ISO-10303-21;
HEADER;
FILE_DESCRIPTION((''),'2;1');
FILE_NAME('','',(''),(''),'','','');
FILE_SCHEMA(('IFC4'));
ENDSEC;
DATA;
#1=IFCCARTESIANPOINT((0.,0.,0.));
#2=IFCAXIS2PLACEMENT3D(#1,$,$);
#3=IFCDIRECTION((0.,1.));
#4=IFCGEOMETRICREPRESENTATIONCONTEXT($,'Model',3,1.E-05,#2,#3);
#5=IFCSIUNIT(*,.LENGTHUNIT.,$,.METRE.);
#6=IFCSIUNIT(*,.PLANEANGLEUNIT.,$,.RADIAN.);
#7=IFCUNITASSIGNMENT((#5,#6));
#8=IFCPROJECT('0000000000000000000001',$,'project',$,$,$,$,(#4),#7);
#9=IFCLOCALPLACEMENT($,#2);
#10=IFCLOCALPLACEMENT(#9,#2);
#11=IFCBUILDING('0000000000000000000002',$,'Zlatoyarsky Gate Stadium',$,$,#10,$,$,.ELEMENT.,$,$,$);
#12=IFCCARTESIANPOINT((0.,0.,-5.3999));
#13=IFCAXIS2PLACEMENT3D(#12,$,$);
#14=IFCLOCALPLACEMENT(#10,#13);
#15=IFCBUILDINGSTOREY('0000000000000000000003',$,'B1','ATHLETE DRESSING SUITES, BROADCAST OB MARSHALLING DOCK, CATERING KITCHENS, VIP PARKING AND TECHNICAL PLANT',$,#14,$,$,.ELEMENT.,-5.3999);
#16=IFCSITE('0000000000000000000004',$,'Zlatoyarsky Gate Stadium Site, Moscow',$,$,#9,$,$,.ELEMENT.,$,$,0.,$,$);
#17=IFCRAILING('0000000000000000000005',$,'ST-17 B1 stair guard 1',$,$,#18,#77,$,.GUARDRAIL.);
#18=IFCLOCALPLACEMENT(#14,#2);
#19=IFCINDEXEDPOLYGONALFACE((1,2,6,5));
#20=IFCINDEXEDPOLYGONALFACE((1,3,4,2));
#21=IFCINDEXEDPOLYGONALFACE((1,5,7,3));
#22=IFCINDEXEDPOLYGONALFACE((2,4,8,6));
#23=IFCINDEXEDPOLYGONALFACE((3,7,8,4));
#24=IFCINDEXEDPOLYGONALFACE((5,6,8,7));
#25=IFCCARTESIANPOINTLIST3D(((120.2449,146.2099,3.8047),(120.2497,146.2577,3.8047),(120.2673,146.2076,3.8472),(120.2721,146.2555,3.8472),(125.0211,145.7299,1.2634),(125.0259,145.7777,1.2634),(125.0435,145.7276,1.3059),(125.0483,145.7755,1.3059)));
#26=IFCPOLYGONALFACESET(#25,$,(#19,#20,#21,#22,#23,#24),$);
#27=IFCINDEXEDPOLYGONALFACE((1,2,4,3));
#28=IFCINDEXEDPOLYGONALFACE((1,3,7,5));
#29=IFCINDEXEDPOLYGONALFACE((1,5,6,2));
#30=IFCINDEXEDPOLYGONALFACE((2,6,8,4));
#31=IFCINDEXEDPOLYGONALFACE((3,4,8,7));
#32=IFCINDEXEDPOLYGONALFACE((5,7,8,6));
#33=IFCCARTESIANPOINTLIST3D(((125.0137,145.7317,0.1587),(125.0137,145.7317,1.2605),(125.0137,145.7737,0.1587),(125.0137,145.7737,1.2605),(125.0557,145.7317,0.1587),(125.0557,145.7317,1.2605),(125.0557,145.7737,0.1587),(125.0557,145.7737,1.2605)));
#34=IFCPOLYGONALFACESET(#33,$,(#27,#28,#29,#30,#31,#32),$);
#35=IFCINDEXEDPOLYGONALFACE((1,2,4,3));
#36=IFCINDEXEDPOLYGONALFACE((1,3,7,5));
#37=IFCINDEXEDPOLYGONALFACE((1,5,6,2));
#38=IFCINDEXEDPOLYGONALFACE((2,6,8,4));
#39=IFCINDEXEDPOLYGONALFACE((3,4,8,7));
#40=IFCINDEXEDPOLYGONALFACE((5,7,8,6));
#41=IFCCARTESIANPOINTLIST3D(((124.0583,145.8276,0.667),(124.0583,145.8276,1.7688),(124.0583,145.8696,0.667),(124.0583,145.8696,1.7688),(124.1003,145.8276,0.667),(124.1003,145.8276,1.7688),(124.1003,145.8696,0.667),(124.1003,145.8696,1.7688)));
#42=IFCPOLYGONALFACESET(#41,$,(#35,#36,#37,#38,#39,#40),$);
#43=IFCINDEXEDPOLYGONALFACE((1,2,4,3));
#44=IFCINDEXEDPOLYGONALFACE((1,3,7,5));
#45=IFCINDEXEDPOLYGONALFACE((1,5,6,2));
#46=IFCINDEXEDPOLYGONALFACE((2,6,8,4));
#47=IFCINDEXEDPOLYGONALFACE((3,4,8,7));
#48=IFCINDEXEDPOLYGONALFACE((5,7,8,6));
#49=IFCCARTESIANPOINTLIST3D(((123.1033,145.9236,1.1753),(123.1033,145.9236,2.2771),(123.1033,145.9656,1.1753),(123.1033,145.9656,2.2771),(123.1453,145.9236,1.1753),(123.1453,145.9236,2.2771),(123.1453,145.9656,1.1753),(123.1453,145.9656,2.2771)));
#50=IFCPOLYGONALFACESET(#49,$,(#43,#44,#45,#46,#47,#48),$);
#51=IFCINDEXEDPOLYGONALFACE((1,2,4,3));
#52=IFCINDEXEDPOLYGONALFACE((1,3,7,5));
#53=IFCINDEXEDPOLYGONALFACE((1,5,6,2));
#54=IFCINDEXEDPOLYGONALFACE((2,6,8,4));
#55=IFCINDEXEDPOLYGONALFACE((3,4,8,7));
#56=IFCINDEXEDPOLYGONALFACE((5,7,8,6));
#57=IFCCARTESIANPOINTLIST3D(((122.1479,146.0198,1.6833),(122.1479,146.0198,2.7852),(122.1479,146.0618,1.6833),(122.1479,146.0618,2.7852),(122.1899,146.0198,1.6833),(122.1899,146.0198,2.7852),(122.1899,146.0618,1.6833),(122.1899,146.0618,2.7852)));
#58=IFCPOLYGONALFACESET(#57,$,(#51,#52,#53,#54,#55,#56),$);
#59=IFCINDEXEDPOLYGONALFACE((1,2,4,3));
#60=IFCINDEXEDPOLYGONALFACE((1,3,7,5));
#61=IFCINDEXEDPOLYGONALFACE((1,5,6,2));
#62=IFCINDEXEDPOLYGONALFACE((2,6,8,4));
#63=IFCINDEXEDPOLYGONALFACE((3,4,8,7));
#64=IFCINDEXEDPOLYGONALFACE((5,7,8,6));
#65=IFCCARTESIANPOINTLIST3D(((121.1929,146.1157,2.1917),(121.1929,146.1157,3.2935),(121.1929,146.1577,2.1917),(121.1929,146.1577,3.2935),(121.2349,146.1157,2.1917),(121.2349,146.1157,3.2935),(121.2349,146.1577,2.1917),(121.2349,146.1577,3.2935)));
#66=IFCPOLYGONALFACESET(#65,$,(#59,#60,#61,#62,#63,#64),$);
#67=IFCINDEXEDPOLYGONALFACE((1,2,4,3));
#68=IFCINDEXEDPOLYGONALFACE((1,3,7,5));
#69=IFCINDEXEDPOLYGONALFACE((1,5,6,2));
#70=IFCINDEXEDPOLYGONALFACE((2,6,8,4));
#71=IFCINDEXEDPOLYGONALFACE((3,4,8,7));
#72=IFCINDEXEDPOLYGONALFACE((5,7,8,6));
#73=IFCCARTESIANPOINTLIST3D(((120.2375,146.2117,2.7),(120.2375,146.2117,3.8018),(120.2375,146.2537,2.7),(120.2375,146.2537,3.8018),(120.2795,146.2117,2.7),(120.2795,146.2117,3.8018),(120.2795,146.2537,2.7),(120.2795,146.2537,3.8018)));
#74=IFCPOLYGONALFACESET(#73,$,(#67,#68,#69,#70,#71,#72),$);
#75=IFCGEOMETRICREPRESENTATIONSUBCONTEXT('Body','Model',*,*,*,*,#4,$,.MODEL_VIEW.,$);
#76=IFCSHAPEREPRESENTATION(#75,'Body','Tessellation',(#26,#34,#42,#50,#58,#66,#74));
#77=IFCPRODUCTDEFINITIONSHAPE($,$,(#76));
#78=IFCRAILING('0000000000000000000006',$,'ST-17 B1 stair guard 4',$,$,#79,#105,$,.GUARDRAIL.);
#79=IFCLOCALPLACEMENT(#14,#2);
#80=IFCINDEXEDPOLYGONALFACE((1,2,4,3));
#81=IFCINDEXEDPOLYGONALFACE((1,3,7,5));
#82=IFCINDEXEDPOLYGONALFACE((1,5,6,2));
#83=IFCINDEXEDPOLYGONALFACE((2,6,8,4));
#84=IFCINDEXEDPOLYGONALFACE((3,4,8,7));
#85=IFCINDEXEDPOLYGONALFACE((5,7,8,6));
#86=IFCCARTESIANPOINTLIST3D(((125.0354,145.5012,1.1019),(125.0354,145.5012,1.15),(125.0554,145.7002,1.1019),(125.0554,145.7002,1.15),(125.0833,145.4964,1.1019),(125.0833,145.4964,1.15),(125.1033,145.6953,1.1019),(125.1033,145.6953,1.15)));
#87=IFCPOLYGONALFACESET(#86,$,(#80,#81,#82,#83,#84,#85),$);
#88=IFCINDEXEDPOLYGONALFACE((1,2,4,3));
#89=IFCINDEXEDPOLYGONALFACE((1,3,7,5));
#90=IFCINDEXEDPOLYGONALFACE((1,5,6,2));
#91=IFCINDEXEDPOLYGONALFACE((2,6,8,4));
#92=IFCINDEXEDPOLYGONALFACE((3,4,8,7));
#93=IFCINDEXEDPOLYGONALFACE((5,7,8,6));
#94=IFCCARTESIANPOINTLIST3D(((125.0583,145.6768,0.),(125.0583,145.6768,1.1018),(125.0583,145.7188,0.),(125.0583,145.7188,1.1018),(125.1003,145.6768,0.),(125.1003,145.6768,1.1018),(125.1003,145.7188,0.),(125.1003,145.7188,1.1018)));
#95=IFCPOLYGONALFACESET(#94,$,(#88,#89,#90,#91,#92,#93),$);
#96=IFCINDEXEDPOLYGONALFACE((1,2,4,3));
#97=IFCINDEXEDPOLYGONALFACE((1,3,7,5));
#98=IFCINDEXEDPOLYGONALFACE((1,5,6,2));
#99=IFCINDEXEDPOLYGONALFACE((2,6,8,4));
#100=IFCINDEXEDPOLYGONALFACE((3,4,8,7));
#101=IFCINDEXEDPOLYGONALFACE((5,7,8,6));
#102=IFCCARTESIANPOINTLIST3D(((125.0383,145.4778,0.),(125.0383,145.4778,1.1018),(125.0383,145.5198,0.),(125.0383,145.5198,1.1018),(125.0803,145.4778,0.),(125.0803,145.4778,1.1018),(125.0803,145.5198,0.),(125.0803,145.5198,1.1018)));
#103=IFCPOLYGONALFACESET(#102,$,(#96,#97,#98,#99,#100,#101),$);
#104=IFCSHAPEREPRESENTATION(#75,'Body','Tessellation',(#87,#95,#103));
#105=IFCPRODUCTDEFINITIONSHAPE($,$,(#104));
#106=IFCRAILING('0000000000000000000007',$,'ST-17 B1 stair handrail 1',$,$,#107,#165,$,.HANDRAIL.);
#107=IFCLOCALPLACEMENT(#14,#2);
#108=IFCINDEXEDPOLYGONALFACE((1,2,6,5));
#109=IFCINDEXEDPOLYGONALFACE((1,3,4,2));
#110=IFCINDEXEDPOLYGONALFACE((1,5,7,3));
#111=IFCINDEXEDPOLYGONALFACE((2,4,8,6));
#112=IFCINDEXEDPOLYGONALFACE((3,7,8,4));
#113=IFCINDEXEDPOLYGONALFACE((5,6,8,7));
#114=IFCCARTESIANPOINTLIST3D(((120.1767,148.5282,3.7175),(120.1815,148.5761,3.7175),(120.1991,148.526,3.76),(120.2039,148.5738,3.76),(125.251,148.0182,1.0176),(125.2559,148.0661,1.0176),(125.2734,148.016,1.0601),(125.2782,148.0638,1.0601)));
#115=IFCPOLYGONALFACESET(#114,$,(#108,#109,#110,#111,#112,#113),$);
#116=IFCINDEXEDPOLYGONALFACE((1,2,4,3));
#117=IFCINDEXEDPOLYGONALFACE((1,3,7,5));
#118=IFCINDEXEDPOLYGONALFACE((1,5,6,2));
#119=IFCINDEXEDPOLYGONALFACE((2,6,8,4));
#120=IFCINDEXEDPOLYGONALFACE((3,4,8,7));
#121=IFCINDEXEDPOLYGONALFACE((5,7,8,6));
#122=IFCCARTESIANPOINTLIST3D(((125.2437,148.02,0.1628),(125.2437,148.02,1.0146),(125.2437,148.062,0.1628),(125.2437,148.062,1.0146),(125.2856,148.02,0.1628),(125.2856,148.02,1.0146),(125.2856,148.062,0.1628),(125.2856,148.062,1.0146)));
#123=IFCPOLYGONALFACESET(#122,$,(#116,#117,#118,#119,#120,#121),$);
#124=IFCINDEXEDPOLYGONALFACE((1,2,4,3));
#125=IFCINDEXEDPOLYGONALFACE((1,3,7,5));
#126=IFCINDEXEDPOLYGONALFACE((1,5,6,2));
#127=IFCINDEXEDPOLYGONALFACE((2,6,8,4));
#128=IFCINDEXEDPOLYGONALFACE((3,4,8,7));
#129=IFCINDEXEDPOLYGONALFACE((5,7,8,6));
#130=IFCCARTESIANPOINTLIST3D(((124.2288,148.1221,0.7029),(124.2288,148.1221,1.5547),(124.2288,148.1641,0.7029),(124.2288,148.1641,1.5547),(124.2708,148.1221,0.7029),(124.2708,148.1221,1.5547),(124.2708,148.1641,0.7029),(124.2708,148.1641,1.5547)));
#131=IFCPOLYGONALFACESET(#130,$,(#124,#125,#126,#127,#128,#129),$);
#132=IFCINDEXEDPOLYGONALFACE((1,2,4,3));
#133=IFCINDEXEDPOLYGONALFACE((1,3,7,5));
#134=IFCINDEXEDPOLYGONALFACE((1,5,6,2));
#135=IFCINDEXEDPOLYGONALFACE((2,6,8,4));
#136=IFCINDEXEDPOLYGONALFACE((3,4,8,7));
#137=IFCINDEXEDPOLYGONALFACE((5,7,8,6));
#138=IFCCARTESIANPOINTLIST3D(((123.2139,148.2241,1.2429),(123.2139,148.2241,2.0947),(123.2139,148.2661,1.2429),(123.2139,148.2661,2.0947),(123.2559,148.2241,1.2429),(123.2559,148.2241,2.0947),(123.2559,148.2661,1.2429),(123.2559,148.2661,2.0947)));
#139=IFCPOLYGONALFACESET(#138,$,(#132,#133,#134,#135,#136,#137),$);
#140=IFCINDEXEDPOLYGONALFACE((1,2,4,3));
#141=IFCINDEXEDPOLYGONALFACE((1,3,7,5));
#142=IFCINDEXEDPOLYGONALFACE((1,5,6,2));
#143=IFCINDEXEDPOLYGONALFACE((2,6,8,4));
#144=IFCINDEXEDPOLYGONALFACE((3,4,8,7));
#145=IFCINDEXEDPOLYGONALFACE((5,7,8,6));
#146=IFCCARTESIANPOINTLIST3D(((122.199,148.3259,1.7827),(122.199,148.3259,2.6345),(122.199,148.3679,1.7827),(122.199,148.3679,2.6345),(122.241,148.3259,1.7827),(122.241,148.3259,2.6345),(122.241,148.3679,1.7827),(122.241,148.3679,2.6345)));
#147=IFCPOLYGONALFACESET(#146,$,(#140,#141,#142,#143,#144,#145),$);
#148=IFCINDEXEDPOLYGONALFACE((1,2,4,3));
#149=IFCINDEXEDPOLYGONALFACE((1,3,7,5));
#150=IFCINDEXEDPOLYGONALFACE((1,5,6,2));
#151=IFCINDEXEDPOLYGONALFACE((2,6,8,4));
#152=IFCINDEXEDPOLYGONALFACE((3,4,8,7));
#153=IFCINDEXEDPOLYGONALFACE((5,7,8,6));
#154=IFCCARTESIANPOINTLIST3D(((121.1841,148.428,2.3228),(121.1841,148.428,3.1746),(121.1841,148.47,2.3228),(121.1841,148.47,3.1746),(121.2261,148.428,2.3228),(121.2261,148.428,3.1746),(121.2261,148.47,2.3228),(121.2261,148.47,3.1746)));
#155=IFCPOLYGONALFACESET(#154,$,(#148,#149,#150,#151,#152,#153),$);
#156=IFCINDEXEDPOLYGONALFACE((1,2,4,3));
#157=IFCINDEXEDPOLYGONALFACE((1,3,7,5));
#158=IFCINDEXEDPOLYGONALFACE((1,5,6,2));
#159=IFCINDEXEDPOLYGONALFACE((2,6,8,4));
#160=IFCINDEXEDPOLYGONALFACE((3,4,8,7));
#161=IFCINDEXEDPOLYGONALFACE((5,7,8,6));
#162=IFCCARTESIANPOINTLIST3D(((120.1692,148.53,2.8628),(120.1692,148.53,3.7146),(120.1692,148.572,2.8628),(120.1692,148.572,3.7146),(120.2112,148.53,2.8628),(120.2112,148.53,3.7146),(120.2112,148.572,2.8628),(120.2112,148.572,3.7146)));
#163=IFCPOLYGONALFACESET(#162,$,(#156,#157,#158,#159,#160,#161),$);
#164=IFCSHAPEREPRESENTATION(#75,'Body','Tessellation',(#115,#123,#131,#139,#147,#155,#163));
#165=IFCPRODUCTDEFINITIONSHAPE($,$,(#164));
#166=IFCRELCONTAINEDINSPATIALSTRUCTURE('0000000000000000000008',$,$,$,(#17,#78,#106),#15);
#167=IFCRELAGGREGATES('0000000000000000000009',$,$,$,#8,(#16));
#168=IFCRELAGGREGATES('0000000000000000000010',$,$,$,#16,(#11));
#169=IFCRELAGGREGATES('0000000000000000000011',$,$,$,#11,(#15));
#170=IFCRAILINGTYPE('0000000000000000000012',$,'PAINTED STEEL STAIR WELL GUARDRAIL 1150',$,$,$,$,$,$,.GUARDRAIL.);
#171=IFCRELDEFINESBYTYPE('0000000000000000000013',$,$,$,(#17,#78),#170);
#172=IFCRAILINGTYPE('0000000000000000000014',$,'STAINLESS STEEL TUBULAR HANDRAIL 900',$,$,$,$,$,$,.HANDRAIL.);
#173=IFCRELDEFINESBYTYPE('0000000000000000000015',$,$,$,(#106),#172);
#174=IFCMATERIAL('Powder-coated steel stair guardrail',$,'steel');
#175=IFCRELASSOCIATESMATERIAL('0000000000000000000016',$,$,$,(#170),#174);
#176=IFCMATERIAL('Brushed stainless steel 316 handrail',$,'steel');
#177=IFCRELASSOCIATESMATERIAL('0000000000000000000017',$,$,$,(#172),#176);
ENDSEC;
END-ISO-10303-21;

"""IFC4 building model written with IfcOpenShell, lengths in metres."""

from ifc_helpers import new_model, si_unit, direction, frame, origin, origin_2d, place, context, subcontext, project, spatial, rectangle, extrude, material, type_object, element, save


model = new_model("IFC4")

# Units and contexts
model_context = context("Model", 3, precision=1e-05, world=origin(), true_north=direction((0.0, 1.0)))
body_context = subcontext(model_context, "Body", "Model", "MODEL_VIEW")
ifc_project = project(units=[si_unit("LENGTHUNIT", "METRE"), si_unit("PLANEANGLEUNIT", "RADIAN")], contexts=[model_context])

# Site, building, storey
site_placement = place(None, origin())
site = spatial("IfcSite", under=ifc_project, at=site_placement, Name="Zlatoyarsky Gate Stadium Site, Moscow", CompositionType="ELEMENT", RefElevation=0.0)
building_placement = place(site_placement, origin())
building = spatial("IfcBuilding", under=site, at=building_placement, Name="Zlatoyarsky Gate Stadium", CompositionType="ELEMENT")
storey_placement = place(building_placement, frame((0.0, 0.0, -5.3999)))
storey = spatial("IfcBuildingStorey", under=building, at=storey_placement, Name="B1", Description="ATHLETE DRESSING SUITES, BROADCAST OB MARSHALLING DOCK, CATERING KITCHENS, VIP PARKING AND TECHNICAL PLANT", CompositionType="ELEMENT", Elevation=-5.3999)

# Railings
ifc_material_1 = material(Name="Powder-coated steel stair guardrail", Category="steel")
railing_type_1 = type_object("IfcRailingType", Name="PAINTED STEEL STAIR WELL GUARDRAIL 1150", PredefinedType="GUARDRAIL", material=ifc_material_1)
railing_1_placement = place(storey_placement, frame((125.0347, 145.7527, 0.1587)))
element("IfcRailing", 1, at=railing_1_placement, inside=storey, type_object=railing_type_1, Name="ST-17 B1 stair guard 1", PredefinedType="GUARDRAIL", context=body_context, shape_type="SweptSolid", body=[
    extrude(rectangle(XDim=0.0481, YDim=0.0481, at=origin_2d()), frame((0.0, 0.0, 1.126), z_axis=(-0.879359, 0.088372, 0.467886), x_axis=(-0.099992, -0.994988, 0.0)), (0.0, 0.0, 1.0), 5.4314),
    extrude(rectangle(XDim=0.042, YDim=0.042, at=origin_2d()), origin(), (0.0, 0.0, 1.0), 1.1018),
    extrude(rectangle(XDim=0.042, YDim=0.042, at=origin_2d()), frame((-0.9553, 0.0959, 0.5083)), (0.0, 0.0, 1.0), 1.1018),
    extrude(rectangle(XDim=0.042, YDim=0.042, at=origin_2d()), frame((-1.9104, 0.1919, 1.0166)), (0.0, 0.0, 1.0), 1.1018),
    extrude(rectangle(XDim=0.042, YDim=0.042, at=origin_2d()), frame((-2.8657, 0.2881, 1.5247)), (0.0, 0.0, 1.0), 1.1018),
    extrude(rectangle(XDim=0.042, YDim=0.042, at=origin_2d()), frame((-3.8208, 0.384, 2.033)), (0.0, 0.0, 1.0), 1.1018),
    extrude(rectangle(XDim=0.042, YDim=0.042, at=origin_2d()), frame((-4.7761, 0.48, 2.5413)), (0.0, 0.0, 1.0), 1.1018),
])
railing_2_placement = place(storey_placement, frame((125.0793, 145.6978, 0.0)))
element("IfcRailing", 2, at=railing_2_placement, inside=storey, type_object=railing_type_1, Name="ST-17 B1 stair guard 4", PredefinedType="GUARDRAIL", context=body_context, shape_type="SweptSolid", body=[
    extrude(rectangle(XDim=0.0481, YDim=0.0481, at=origin_2d()), frame((0.0, 0.0, 1.126), z_axis=(-0.100108, -0.994977, 0.0), x_axis=(0.994977, -0.100108, 0.0)), (0.0, 0.0, 1.0), 0.2),
    extrude(rectangle(XDim=0.042, YDim=0.042, at=origin_2d()), origin(), (0.0, 0.0, 1.0), 1.1018),
    extrude(rectangle(XDim=0.042, YDim=0.042, at=origin_2d()), frame((-0.02, -0.199, 0.0)), (0.0, 0.0, 1.0), 1.1018),
])
ifc_material_2 = material(Name="Brushed stainless steel 316 handrail", Category="steel")
railing_type_2 = type_object("IfcRailingType", Name="STAINLESS STEEL TUBULAR HANDRAIL 900", PredefinedType="HANDRAIL", material=ifc_material_2)
railing_3_placement = place(storey_placement, frame((125.2646, 148.041, 0.1628)))
element("IfcRailing", 3, at=railing_3_placement, inside=storey, type_object=railing_type_2, Name="ST-17 B1 stair handrail 1", PredefinedType="HANDRAIL", context=body_context, shape_type="SweptSolid", body=[
    extrude(rectangle(XDim=0.0481, YDim=0.0481, at=origin_2d()), frame((0.0, 0.0, 0.876), z_axis=(-0.879362, 0.08838, 0.467879), x_axis=(-0.100001, -0.994987, 0.0)), (0.0, 0.0, 1.0), 5.7705),
    extrude(rectangle(XDim=0.042, YDim=0.042, at=origin_2d()), origin(), (0.0, 0.0, 1.0), 0.8518),
    extrude(rectangle(XDim=0.042, YDim=0.042, at=origin_2d()), frame((-1.0149, 0.1021, 0.54)), (0.0, 0.0, 1.0), 0.8518),
    extrude(rectangle(XDim=0.042, YDim=0.042, at=origin_2d()), frame((-2.0298, 0.2041, 1.0801)), (0.0, 0.0, 1.0), 0.8518),
    extrude(rectangle(XDim=0.042, YDim=0.042, at=origin_2d()), frame((-3.0447, 0.3059, 1.6199)), (0.0, 0.0, 1.0), 0.8518),
    extrude(rectangle(XDim=0.042, YDim=0.042, at=origin_2d()), frame((-4.0596, 0.408, 2.1599)), (0.0, 0.0, 1.0), 0.8518),
    extrude(rectangle(XDim=0.042, YDim=0.042, at=origin_2d()), frame((-5.0745, 0.51, 2.7)), (0.0, 0.0, 1.0), 0.8518),
])

save(model, "model.ifc")
